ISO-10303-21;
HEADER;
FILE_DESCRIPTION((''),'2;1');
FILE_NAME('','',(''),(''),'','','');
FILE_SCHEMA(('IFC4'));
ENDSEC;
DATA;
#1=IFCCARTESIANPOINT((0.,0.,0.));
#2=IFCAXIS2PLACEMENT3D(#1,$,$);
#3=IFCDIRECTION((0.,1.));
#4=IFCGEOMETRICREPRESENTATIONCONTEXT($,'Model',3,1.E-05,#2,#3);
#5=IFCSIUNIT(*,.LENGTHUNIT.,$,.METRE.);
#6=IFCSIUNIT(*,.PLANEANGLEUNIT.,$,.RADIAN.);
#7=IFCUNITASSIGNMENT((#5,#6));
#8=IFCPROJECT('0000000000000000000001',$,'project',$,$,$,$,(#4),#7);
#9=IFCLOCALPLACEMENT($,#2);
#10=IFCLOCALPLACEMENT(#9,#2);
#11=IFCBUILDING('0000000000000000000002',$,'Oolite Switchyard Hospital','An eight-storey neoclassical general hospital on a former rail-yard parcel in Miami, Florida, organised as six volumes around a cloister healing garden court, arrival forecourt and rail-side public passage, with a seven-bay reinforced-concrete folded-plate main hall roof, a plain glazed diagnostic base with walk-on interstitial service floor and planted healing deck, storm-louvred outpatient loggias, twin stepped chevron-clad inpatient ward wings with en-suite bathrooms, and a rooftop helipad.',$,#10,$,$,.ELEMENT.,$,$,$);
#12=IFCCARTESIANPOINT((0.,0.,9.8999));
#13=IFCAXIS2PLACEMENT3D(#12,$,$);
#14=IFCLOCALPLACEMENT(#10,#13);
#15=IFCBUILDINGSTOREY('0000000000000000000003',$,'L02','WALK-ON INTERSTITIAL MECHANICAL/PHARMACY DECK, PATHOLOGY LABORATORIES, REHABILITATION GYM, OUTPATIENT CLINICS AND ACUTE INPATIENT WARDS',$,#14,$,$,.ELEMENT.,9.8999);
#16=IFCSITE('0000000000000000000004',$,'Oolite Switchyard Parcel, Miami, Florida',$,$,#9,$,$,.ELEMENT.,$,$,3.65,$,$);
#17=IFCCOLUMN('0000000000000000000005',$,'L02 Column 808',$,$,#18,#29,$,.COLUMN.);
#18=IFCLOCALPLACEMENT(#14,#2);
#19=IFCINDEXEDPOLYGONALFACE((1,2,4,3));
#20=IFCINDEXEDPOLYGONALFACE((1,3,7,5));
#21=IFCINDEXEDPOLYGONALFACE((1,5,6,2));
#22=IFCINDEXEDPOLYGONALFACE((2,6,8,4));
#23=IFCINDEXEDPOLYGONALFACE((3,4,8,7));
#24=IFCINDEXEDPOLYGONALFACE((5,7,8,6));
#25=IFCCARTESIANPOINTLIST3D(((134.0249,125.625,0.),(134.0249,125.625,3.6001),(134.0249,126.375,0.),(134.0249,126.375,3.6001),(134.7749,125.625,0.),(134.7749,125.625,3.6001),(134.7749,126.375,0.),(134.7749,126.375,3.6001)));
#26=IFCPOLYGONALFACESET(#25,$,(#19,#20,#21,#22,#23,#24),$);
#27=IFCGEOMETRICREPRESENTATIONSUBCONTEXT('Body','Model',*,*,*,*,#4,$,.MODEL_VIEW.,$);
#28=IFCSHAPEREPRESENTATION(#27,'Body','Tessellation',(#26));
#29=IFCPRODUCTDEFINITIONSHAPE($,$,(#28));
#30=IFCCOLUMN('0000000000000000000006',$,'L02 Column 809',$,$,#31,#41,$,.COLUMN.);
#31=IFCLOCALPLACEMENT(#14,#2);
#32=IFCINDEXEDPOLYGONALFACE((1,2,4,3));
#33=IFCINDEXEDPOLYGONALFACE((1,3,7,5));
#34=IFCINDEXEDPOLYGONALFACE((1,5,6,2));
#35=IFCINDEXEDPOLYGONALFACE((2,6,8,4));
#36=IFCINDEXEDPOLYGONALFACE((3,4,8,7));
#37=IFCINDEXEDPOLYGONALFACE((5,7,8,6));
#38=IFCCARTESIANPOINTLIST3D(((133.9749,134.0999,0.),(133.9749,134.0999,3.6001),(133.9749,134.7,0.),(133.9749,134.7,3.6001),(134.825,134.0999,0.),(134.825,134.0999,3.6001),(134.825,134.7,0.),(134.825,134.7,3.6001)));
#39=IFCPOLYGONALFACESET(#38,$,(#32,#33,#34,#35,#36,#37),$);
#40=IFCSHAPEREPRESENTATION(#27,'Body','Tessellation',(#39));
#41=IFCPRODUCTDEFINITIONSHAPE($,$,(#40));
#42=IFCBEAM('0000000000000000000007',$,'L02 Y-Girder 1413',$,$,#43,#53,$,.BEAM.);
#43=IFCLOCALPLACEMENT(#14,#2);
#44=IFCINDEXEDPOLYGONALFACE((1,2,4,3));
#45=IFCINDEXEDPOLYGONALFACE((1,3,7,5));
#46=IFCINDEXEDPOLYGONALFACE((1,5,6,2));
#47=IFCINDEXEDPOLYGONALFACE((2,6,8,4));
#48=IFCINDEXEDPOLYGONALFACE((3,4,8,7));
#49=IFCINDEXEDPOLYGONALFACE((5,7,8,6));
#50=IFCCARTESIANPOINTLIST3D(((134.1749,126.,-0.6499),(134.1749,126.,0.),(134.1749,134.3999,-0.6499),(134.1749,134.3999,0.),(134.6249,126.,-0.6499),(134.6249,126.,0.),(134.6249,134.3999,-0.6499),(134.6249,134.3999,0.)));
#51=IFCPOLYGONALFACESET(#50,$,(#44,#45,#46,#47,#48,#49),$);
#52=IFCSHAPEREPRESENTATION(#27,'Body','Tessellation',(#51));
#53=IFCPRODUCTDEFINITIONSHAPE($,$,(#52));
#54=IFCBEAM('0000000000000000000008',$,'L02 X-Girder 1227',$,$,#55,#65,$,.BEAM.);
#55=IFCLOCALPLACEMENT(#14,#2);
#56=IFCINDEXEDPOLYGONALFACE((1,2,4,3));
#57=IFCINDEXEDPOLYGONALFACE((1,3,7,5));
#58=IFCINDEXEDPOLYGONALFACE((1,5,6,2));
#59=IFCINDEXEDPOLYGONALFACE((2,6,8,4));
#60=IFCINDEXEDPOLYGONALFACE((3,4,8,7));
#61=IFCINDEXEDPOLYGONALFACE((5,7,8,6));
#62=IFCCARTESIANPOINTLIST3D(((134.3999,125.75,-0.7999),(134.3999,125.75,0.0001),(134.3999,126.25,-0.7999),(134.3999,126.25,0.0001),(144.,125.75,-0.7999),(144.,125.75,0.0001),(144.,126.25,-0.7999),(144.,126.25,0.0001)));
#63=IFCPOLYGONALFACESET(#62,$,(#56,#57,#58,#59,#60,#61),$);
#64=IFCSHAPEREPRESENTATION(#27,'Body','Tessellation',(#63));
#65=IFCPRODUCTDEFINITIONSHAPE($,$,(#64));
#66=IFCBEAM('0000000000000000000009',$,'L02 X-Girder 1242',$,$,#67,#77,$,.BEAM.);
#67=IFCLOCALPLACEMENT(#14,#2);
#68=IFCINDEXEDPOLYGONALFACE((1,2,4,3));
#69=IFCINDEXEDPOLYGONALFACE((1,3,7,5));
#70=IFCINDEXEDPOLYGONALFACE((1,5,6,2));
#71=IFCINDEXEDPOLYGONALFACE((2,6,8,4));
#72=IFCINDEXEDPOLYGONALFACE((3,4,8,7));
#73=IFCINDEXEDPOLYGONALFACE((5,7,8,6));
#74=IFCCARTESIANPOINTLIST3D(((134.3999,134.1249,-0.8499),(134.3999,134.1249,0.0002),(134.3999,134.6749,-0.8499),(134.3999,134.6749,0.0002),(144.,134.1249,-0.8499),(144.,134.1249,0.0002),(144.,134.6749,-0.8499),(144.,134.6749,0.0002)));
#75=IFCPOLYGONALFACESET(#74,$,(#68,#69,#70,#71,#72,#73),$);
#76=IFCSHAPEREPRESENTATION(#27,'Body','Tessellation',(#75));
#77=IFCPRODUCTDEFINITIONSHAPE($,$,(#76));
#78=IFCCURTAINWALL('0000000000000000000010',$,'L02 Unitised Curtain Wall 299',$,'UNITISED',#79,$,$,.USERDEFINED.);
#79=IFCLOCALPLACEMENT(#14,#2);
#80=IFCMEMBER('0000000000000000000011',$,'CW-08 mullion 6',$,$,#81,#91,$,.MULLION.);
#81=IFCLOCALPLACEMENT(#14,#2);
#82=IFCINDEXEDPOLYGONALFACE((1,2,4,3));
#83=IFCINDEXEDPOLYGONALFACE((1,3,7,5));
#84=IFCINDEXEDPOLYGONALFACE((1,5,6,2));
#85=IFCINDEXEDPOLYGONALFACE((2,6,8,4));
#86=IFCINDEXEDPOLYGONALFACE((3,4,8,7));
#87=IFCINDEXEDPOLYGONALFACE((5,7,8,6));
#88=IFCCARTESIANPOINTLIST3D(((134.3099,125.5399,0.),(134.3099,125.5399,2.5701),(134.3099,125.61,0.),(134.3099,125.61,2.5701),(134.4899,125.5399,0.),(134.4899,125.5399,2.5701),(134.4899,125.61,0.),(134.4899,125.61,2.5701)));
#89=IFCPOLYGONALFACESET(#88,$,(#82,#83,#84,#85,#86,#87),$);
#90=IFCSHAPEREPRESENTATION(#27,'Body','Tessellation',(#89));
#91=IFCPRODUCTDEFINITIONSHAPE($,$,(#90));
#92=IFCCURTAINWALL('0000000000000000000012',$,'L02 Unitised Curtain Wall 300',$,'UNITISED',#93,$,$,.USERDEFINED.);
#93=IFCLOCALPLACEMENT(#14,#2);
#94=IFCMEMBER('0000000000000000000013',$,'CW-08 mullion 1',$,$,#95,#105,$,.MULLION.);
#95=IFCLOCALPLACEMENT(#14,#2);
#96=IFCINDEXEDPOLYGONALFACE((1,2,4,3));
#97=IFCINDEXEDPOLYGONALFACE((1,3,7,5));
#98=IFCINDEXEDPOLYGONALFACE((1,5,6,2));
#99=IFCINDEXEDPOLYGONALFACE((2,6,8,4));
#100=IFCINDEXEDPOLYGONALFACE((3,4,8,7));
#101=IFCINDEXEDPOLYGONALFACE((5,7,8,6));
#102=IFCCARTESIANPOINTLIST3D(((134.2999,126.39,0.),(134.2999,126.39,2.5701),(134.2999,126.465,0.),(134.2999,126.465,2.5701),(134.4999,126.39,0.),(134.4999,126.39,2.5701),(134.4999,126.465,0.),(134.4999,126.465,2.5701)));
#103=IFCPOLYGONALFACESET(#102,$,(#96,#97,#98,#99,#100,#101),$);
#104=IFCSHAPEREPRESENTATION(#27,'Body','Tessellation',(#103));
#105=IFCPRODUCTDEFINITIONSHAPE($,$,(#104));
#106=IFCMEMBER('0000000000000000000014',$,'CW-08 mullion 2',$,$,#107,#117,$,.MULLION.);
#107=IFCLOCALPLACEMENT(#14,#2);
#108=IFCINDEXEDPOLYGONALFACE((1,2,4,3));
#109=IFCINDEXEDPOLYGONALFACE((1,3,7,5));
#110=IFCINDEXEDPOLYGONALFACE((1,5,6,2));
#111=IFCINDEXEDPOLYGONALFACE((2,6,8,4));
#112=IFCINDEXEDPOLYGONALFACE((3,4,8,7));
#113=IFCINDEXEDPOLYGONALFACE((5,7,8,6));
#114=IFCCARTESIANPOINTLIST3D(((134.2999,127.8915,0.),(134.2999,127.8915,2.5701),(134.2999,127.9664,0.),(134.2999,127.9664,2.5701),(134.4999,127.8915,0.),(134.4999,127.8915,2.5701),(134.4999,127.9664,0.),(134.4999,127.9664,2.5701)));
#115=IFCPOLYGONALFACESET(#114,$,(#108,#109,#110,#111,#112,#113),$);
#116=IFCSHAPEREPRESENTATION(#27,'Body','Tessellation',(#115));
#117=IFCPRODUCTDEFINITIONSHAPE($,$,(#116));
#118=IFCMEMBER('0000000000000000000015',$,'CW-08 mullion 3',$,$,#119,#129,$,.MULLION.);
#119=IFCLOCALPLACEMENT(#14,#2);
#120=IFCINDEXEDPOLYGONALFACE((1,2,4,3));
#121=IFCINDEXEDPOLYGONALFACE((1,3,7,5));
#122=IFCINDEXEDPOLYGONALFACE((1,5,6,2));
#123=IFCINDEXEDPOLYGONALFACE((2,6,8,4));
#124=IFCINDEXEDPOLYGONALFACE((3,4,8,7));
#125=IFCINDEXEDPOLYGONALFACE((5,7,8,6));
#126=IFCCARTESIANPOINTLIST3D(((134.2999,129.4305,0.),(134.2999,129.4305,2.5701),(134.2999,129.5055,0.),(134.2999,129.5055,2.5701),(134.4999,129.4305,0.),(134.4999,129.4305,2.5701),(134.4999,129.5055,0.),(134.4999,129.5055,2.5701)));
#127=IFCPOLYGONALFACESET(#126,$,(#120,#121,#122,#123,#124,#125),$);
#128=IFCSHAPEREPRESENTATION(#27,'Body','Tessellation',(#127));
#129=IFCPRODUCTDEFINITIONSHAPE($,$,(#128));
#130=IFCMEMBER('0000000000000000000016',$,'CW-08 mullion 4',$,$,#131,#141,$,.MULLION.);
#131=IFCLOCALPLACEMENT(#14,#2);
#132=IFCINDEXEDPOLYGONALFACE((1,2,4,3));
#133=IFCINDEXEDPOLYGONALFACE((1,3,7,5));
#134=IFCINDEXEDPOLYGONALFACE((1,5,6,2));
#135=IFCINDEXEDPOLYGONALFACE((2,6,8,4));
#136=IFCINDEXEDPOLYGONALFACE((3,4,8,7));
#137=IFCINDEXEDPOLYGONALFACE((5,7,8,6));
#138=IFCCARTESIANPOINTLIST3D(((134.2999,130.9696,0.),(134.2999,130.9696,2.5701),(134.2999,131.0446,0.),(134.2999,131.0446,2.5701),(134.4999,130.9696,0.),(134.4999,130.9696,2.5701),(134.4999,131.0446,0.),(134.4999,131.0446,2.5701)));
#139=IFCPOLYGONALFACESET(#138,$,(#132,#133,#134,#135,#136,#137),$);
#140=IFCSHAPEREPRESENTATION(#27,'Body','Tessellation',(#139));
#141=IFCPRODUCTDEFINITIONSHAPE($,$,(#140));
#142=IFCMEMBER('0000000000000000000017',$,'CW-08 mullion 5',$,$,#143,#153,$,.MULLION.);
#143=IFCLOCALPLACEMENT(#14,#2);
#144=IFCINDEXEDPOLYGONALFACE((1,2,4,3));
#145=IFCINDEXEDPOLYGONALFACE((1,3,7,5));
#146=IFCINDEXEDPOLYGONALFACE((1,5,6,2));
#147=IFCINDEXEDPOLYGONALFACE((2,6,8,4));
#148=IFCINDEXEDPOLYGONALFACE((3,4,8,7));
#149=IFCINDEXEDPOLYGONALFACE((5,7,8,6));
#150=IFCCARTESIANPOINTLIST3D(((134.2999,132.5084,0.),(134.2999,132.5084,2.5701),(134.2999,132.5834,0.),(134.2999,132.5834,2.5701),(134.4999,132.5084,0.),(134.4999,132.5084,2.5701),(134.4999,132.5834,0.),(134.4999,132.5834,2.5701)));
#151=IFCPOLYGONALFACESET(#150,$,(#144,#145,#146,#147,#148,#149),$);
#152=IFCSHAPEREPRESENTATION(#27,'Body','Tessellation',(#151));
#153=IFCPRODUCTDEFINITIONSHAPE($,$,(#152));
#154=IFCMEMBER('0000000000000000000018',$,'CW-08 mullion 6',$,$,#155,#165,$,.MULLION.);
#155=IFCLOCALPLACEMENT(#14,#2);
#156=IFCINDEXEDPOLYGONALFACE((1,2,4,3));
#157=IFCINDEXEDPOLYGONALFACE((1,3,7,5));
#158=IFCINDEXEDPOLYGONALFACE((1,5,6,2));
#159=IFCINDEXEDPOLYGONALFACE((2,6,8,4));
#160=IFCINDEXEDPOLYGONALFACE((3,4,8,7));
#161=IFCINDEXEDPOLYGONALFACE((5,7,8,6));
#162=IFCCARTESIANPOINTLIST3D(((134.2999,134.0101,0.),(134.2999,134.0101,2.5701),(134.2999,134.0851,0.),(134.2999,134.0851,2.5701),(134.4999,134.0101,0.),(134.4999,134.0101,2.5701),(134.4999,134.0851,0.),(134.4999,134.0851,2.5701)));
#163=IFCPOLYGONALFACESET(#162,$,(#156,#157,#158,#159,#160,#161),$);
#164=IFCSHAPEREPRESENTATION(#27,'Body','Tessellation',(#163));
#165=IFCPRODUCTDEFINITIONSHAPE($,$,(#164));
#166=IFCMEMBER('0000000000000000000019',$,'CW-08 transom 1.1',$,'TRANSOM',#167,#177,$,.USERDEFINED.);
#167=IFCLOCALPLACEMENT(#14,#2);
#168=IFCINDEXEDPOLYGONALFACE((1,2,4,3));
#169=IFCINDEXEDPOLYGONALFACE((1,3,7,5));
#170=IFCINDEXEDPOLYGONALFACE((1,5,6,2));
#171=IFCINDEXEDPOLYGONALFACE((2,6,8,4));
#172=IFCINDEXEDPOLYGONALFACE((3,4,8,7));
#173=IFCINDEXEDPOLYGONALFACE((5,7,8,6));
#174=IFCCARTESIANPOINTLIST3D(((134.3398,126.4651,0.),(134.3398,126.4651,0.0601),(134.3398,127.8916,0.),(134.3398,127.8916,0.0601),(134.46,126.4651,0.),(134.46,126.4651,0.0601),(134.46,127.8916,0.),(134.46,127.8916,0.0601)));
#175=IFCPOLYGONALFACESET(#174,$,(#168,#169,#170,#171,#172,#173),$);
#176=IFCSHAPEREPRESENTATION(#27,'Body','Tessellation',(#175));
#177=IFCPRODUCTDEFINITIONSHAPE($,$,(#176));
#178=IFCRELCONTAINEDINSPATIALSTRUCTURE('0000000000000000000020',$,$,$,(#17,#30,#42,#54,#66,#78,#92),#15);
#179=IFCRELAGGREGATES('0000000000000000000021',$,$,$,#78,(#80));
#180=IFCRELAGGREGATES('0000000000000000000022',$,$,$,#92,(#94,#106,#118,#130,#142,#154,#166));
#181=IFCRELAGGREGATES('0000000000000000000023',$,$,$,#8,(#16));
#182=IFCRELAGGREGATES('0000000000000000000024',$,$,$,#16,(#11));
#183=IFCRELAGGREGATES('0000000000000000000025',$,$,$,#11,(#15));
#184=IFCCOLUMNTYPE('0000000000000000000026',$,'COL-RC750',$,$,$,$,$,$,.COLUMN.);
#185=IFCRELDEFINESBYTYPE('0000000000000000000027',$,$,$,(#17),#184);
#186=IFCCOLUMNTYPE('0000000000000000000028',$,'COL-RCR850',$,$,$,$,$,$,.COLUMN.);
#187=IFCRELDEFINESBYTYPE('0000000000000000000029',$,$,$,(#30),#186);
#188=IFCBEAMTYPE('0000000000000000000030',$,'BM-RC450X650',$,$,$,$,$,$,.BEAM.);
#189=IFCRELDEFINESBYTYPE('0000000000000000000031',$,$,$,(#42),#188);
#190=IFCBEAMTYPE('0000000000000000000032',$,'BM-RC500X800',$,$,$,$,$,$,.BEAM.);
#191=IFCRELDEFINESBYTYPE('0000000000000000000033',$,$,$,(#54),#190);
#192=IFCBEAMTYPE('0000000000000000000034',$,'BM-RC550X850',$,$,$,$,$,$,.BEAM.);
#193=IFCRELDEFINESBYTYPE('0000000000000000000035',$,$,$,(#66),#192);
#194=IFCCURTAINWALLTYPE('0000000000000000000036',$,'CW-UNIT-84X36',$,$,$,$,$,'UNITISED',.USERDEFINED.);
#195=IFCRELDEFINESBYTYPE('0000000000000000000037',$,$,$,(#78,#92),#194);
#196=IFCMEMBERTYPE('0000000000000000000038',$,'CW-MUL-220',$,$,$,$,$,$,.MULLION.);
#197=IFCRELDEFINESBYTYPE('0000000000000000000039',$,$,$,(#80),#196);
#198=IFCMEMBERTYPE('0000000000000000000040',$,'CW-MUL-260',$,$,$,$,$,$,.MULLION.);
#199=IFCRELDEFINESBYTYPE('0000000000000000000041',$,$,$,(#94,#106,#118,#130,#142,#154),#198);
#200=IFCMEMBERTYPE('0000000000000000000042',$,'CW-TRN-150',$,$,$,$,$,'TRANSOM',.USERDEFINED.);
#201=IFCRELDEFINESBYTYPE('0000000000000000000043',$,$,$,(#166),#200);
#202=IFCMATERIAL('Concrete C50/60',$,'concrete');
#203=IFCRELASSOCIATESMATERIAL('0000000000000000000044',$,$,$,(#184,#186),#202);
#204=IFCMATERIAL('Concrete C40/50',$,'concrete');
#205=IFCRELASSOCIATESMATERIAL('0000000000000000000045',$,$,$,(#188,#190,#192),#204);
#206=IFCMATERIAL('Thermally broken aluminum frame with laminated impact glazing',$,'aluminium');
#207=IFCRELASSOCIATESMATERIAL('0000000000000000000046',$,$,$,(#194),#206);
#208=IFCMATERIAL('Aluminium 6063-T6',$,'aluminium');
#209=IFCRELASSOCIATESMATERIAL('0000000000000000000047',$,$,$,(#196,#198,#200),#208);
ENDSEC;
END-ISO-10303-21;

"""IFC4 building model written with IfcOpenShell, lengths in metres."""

from ifc_helpers import new_model, si_unit, direction, frame, origin, origin_2d, place, context, subcontext, project, spatial, rectangle, extrude, material, material_profile, profile_set, type_object, element, aggregate, save


model = new_model("IFC4")

# Units and contexts
model_context = context("Model", 3, precision=1e-05, world=origin(), true_north=direction((0.0, 1.0)))
body_context = subcontext(model_context, "Body", "Model", "MODEL_VIEW")
ifc_project = project(units=[si_unit("LENGTHUNIT", "METRE"), si_unit("PLANEANGLEUNIT", "RADIAN")], contexts=[model_context])

# Site, building, storey
site_placement = place(None, origin())
site = spatial("IfcSite", under=ifc_project, at=site_placement, Name="Oolite Switchyard Parcel, Miami, Florida", CompositionType="ELEMENT", RefElevation=3.65)
building_placement = place(site_placement, origin())
building = spatial("IfcBuilding", under=site, at=building_placement, Name="Oolite Switchyard Hospital", Description="An eight-storey neoclassical general hospital on a former rail-yard parcel in Miami, Florida, organised as six volumes around a cloister healing garden court, arrival forecourt and rail-side public passage, with a seven-bay reinforced-concrete folded-plate main hall roof, a plain glazed diagnostic base with walk-on interstitial service floor and planted healing deck, storm-louvred outpatient loggias, twin stepped chevron-clad inpatient ward wings with en-suite bathrooms, and a rooftop helipad.", CompositionType="ELEMENT")
storey_placement = place(building_placement, frame((0.0, 0.0, 9.8999)))
storey = spatial("IfcBuildingStorey", under=building, at=storey_placement, Name="L02", Description="WALK-ON INTERSTITIAL MECHANICAL/PHARMACY DECK, PATHOLOGY LABORATORIES, REHABILITATION GYM, OUTPATIENT CLINICS AND ACUTE INPATIENT WARDS", CompositionType="ELEMENT", Elevation=9.8999)

# Columns
ifc_material_1 = material(Name="Concrete C50/60", Category="concrete")
ifc_material_profile_1 = material_profile(ifc_material_1, rectangle(XDim=0.75, YDim=0.75, at=origin_2d()), Name="RC750X750")
ifc_profile_set_1 = profile_set([ifc_material_profile_1], Name="Concrete C50/60")
column_type_1 = type_object("IfcColumnType", Name="COL-RC750", PredefinedType="COLUMN", material=ifc_profile_set_1)
column_1_placement = place(storey_placement, frame((134.3999, 126.0, 0.0), z_axis=(0.0, 0.0, 1.0), x_axis=(1.0, 0.0, 0.0)))
element("IfcColumn", 1, at=column_1_placement, inside=storey, type_object=column_type_1, Name="L02 Column 808", PredefinedType="COLUMN", context=body_context, shape_type="SweptSolid", body=[
    extrude(rectangle(XDim=0.75, YDim=0.75, at=origin_2d()), origin(), (0.0, 0.0, 1.0), 3.6001),
])
ifc_material_profile_2 = material_profile(ifc_material_1, rectangle(XDim=0.8501, YDim=0.6001, at=origin_2d()), Name="RC850X600")
ifc_profile_set_2 = profile_set([ifc_material_profile_2], Name="Concrete C50/60")
column_type_2 = type_object("IfcColumnType", Name="COL-RCR850", PredefinedType="COLUMN", material=ifc_profile_set_2)
column_2_placement = place(storey_placement, frame((134.3999, 134.3999, 0.0), z_axis=(0.0, 0.0, 1.0), x_axis=(1.0, 0.0, 0.0)))
element("IfcColumn", 2, at=column_2_placement, inside=storey, type_object=column_type_2, Name="L02 Column 809", PredefinedType="COLUMN", context=body_context, shape_type="SweptSolid", body=[
    extrude(rectangle(XDim=0.8501, YDim=0.6001, at=origin_2d()), origin(), (0.0, 0.0, 1.0), 3.6001),
])

# Beams
ifc_material_2 = material(Name="Concrete C40/50", Category="concrete")
ifc_material_profile_3 = material_profile(ifc_material_2, rectangle(XDim=0.45, YDim=0.6499, at=origin_2d()), Name="RCB450X650")
ifc_profile_set_3 = profile_set([ifc_material_profile_3], Name="Concrete C40/50")
beam_type_1 = type_object("IfcBeamType", Name="BM-RC450X650", PredefinedType="BEAM", material=ifc_profile_set_3)
beam_1_placement = place(storey_placement, frame((134.3999, 126.0, -0.325), z_axis=(0.0, 1.0, 0.0), x_axis=(-1.0, 0.0, 0.0)))
element("IfcBeam", 3, at=beam_1_placement, inside=storey, type_object=beam_type_1, Name="L02 Y-Girder 1413", PredefinedType="BEAM", context=body_context, shape_type="SweptSolid", body=[
    extrude(rectangle(XDim=0.45, YDim=0.6499, at=origin_2d()), origin(), (0.0, 0.0, 1.0), 8.3999),
])
ifc_material_profile_4 = material_profile(ifc_material_2, rectangle(XDim=0.5, YDim=0.8, at=origin_2d()), Name="RCB500X800")
ifc_profile_set_4 = profile_set([ifc_material_profile_4], Name="Concrete C40/50")
beam_type_2 = type_object("IfcBeamType", Name="BM-RC500X800", PredefinedType="BEAM", material=ifc_profile_set_4)
beam_2_placement = place(storey_placement, frame((134.3999, 126.0, -0.3999), z_axis=(1.0, 0.0, 0.0), x_axis=(0.0, 1.0, 0.0)))
element("IfcBeam", 4, at=beam_2_placement, inside=storey, type_object=beam_type_2, Name="L02 X-Girder 1227", PredefinedType="BEAM", context=body_context, shape_type="SweptSolid", body=[
    extrude(rectangle(XDim=0.5, YDim=0.8, at=origin_2d()), origin(), (0.0, 0.0, 1.0), 9.6001),
])
ifc_material_profile_5 = material_profile(ifc_material_2, rectangle(XDim=0.55, YDim=0.8501, at=origin_2d()), Name="RCB550X850")
ifc_profile_set_5 = profile_set([ifc_material_profile_5], Name="Concrete C40/50")
beam_type_3 = type_object("IfcBeamType", Name="BM-RC550X850", PredefinedType="BEAM", material=ifc_profile_set_5)
beam_3_placement = place(storey_placement, frame((134.3999, 134.3999, -0.4248), z_axis=(1.0, 0.0, 0.0), x_axis=(0.0, 1.0, 0.0)))
element("IfcBeam", 5, at=beam_3_placement, inside=storey, type_object=beam_type_3, Name="L02 X-Girder 1242", PredefinedType="BEAM", context=body_context, shape_type="SweptSolid", body=[
    extrude(rectangle(XDim=0.55, YDim=0.8501, at=origin_2d()), origin(), (0.0, 0.0, 1.0), 9.6001),
])

# Curtain wall, member
ifc_material_3 = material(Name="Thermally broken aluminum frame with laminated impact glazing", Category="aluminium")
curtain_wall_type = type_object("IfcCurtainWallType", Name="CW-UNIT-84X36", ElementType="UNITISED", PredefinedType="USERDEFINED", material=ifc_material_3)
curtain_wall_1_placement = place(storey_placement, origin())
curtain_wall_1 = element("IfcCurtainWall", 6, at=curtain_wall_1_placement, inside=storey, type_object=curtain_wall_type, Name="L02 Unitised Curtain Wall 299", ObjectType="UNITISED", PredefinedType="USERDEFINED")
ifc_material_4 = material(Name="Aluminium 6063-T6", Category="aluminium")
ifc_material_profile_6 = material_profile(ifc_material_4, rectangle(XDim=0.1799, YDim=0.0701, at=origin_2d()), Name="CWM70X180")
ifc_profile_set_6 = profile_set([ifc_material_profile_6], Name="Aluminium 6063-T6")
member_type_1 = type_object("IfcMemberType", Name="CW-MUL-220", PredefinedType="MULLION", material=ifc_profile_set_6)
member_1_placement = place(storey_placement, frame((134.3999, 125.575, 0.0), z_axis=(0.0, 0.0, 1.0), x_axis=(-1.0, 0.0, 0.0)))
member_1 = element("IfcMember", 7, at=member_1_placement, type_object=member_type_1, Name="CW-08 mullion 6", PredefinedType="MULLION", context=body_context, shape_type="SweptSolid", body=[
    extrude(rectangle(XDim=0.1799, YDim=0.0701, at=origin_2d()), origin(), (0.0, 0.0, 1.0), 2.5701),
])

# Curtain wall, members
curtain_wall_2_placement = place(storey_placement, origin())
curtain_wall_2 = element("IfcCurtainWall", 8, at=curtain_wall_2_placement, inside=storey, type_object=curtain_wall_type, Name="L02 Unitised Curtain Wall 300", ObjectType="UNITISED", PredefinedType="USERDEFINED")
ifc_material_profile_7 = material_profile(ifc_material_4, rectangle(XDim=0.2, YDim=0.075, at=origin_2d()), Name="CWM75X200")
ifc_profile_set_7 = profile_set([ifc_material_profile_7], Name="Aluminium 6063-T6")
member_type_2 = type_object("IfcMemberType", Name="CW-MUL-260", PredefinedType="MULLION", material=ifc_profile_set_7)
member_2_placement = place(storey_placement, frame((134.3999, 126.4275, 0.0), z_axis=(0.0, 0.0, 1.0), x_axis=(-1.0, 0.0, 0.0)))
member_2 = element("IfcMember", 9, at=member_2_placement, type_object=member_type_2, Name="CW-08 mullion 1", PredefinedType="MULLION", context=body_context, shape_type="SweptSolid", body=[
    extrude(rectangle(XDim=0.2, YDim=0.075, at=origin_2d()), origin(), (0.0, 0.0, 1.0), 2.5701),
])
member_3_placement = place(storey_placement, frame((134.3999, 127.929, 0.0), z_axis=(0.0, 0.0, 1.0), x_axis=(-1.0, 0.0, 0.0)))
member_3 = element("IfcMember", 10, at=member_3_placement, type_object=member_type_2, Name="CW-08 mullion 2", PredefinedType="MULLION", context=body_context, shape_type="SweptSolid", body=[
    extrude(rectangle(XDim=0.2, YDim=0.075, at=origin_2d()), origin(), (0.0, 0.0, 1.0), 2.5701),
])
member_4_placement = place(storey_placement, frame((134.3999, 129.468, 0.0), z_axis=(0.0, 0.0, 1.0), x_axis=(-1.0, 0.0, 0.0)))
member_4 = element("IfcMember", 11, at=member_4_placement, type_object=member_type_2, Name="CW-08 mullion 3", PredefinedType="MULLION", context=body_context, shape_type="SweptSolid", body=[
    extrude(rectangle(XDim=0.2, YDim=0.075, at=origin_2d()), origin(), (0.0, 0.0, 1.0), 2.5701),
])
member_5_placement = place(storey_placement, frame((134.3999, 131.0071, 0.0), z_axis=(0.0, 0.0, 1.0), x_axis=(-1.0, 0.0, 0.0)))
member_5 = element("IfcMember", 12, at=member_5_placement, type_object=member_type_2, Name="CW-08 mullion 4", PredefinedType="MULLION", context=body_context, shape_type="SweptSolid", body=[
    extrude(rectangle(XDim=0.2, YDim=0.075, at=origin_2d()), origin(), (0.0, 0.0, 1.0), 2.5701),
])
member_6_placement = place(storey_placement, frame((134.3999, 132.5459, 0.0), z_axis=(0.0, 0.0, 1.0), x_axis=(-1.0, 0.0, 0.0)))
member_6 = element("IfcMember", 13, at=member_6_placement, type_object=member_type_2, Name="CW-08 mullion 5", PredefinedType="MULLION", context=body_context, shape_type="SweptSolid", body=[
    extrude(rectangle(XDim=0.2, YDim=0.075, at=origin_2d()), origin(), (0.0, 0.0, 1.0), 2.5701),
])
member_7_placement = place(storey_placement, frame((134.3999, 134.0476, 0.0), z_axis=(0.0, 0.0, 1.0), x_axis=(-1.0, 0.0, 0.0)))
member_7 = element("IfcMember", 14, at=member_7_placement, type_object=member_type_2, Name="CW-08 mullion 6", PredefinedType="MULLION", context=body_context, shape_type="SweptSolid", body=[
    extrude(rectangle(XDim=0.2, YDim=0.075, at=origin_2d()), origin(), (0.0, 0.0, 1.0), 2.5701),
])
ifc_material_profile_8 = material_profile(ifc_material_4, rectangle(XDim=0.1201, YDim=0.0601, at=origin_2d()), Name="CWT60X120")
ifc_profile_set_8 = profile_set([ifc_material_profile_8], Name="Aluminium 6063-T6")
member_type_3 = type_object("IfcMemberType", Name="CW-TRN-150", ElementType="TRANSOM", PredefinedType="USERDEFINED", material=ifc_profile_set_8)
member_8_placement = place(storey_placement, frame((134.3999, 126.4651, 0.03), z_axis=(0.0, 1.0, 0.0), x_axis=(-1.0, 0.0, 0.0)))
member_8 = element("IfcMember", 15, at=member_8_placement, type_object=member_type_3, Name="CW-08 transom 1.1", ObjectType="TRANSOM", PredefinedType="USERDEFINED", context=body_context, shape_type="SweptSolid", body=[
    extrude(rectangle(XDim=0.1201, YDim=0.0601, at=origin_2d()), origin(), (0.0, 0.0, 1.0), 1.4265),
])

aggregate(curtain_wall_1, [member_1])
aggregate(curtain_wall_2, [member_2, member_3, member_4, member_5, member_6, member_7, member_8])

save(model, "model.ifc")
